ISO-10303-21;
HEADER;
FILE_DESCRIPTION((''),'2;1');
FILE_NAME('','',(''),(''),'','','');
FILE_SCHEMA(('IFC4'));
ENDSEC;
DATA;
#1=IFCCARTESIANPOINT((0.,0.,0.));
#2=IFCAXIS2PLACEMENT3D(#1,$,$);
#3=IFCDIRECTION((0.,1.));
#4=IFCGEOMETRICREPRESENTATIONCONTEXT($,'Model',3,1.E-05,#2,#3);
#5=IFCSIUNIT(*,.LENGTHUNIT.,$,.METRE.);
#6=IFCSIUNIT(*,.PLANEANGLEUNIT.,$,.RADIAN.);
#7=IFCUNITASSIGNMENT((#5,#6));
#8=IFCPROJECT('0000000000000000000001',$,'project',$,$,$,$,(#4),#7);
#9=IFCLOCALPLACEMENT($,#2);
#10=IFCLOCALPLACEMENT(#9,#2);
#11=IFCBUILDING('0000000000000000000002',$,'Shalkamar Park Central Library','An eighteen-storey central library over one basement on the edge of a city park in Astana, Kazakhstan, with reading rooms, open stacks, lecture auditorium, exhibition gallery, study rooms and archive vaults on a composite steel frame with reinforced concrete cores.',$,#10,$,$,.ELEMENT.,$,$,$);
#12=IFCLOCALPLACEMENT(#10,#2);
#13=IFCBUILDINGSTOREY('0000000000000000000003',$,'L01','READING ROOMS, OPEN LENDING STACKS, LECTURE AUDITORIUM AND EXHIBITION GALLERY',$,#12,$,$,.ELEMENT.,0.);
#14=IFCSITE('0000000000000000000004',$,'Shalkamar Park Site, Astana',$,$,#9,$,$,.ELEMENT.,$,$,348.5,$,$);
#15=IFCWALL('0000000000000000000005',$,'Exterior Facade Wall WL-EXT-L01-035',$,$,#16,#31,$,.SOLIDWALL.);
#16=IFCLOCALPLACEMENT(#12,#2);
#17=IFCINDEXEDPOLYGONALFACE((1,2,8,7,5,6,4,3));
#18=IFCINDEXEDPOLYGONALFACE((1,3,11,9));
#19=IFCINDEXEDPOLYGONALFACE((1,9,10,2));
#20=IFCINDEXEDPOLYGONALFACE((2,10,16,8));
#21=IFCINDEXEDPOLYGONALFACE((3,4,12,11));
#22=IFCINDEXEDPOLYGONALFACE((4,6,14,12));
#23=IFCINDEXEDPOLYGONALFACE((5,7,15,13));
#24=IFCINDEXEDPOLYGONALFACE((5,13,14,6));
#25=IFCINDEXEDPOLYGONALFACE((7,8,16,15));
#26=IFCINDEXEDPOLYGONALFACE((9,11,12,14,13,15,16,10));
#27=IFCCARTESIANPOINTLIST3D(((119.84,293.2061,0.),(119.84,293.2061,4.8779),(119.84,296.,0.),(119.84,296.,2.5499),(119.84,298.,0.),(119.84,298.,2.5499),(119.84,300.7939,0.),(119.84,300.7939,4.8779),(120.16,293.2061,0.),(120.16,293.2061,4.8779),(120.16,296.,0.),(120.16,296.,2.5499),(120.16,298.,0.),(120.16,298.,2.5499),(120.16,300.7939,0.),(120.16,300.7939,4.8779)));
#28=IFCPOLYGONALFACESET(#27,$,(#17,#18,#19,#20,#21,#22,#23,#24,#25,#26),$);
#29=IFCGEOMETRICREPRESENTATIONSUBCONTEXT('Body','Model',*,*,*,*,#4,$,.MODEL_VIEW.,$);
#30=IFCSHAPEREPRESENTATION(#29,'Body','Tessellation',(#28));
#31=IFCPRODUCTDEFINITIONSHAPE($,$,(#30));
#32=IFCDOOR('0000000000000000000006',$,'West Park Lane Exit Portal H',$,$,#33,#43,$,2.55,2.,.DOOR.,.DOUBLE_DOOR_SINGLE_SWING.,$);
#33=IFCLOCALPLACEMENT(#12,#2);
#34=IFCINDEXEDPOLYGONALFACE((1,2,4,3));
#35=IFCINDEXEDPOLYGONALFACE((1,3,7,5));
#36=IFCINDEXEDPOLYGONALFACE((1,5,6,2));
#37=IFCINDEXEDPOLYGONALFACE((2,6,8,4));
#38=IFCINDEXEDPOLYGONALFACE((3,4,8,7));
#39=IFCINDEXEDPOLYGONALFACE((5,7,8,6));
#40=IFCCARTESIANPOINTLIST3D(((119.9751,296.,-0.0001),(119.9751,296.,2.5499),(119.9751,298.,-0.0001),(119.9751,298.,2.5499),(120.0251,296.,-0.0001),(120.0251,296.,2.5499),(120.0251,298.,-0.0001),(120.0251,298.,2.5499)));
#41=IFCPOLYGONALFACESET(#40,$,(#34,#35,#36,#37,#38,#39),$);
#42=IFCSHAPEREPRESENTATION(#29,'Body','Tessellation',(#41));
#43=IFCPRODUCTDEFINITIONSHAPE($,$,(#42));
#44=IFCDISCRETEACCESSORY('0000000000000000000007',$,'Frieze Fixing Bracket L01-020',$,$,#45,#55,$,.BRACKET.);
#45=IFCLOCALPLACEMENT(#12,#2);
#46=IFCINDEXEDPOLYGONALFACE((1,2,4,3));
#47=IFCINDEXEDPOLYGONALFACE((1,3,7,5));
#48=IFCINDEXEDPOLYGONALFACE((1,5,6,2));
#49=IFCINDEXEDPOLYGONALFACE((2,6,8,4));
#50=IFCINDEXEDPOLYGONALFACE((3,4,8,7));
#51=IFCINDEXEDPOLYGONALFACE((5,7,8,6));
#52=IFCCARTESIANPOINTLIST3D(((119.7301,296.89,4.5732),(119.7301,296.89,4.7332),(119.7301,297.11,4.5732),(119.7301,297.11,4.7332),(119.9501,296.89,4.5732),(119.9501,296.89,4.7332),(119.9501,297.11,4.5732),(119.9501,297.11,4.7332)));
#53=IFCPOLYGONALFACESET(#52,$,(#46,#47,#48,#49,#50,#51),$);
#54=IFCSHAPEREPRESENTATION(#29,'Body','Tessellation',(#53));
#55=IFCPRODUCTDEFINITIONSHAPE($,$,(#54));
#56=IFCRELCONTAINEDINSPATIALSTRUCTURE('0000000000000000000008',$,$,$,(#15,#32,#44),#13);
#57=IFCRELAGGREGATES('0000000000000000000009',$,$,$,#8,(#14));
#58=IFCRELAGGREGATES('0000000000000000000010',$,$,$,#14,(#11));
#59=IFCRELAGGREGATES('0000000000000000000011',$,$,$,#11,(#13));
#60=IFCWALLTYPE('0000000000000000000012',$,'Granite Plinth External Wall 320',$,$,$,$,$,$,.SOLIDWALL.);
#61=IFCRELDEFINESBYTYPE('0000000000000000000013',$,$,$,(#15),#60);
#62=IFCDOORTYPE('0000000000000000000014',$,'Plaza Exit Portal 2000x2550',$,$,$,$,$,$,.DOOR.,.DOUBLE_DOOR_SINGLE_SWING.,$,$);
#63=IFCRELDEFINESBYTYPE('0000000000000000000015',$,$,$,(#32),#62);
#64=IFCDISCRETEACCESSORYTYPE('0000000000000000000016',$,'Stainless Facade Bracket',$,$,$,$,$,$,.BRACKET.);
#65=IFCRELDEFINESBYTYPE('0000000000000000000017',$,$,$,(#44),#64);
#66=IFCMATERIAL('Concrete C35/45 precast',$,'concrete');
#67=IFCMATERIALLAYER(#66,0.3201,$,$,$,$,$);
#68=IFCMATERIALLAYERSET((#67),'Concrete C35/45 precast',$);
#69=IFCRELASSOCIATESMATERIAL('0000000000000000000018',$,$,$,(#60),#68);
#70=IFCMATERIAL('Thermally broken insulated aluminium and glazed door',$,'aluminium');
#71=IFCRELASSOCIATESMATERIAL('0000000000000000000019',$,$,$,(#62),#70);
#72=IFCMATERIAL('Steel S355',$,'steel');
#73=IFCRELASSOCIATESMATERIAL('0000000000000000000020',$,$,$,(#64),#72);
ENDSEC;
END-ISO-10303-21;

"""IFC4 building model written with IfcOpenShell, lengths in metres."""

from ifc_helpers import new_model, si_unit, direction, frame, frame_2d, origin, origin_2d, place, context, subcontext, project, spatial, rectangle, extrude, material, layer, layer_set, type_object, element, fill, save


model = new_model("IFC4")

# Units and contexts
model_context = context("Model", 3, precision=1e-05, world=origin(), true_north=direction((0.0, 1.0)))
body_context = subcontext(model_context, "Body", "Model", "MODEL_VIEW")
ifc_project = project(units=[si_unit("LENGTHUNIT", "METRE"), si_unit("PLANEANGLEUNIT", "RADIAN")], contexts=[model_context])

# Site, building, storey
site_placement = place(None, origin())
site = spatial("IfcSite", under=ifc_project, at=site_placement, Name="Shalkamar Park Site, Astana", CompositionType="ELEMENT", RefElevation=348.5)
building_placement = place(site_placement, origin())
building = spatial("IfcBuilding", under=site, at=building_placement, Name="Shalkamar Park Central Library", Description="An eighteen-storey central library over one basement on the edge of a city park in Astana, Kazakhstan, with reading rooms, open stacks, lecture auditorium, exhibition gallery, study rooms and archive vaults on a composite steel frame with reinforced concrete cores.", CompositionType="ELEMENT")
storey_placement = place(building_placement, origin())
storey = spatial("IfcBuildingStorey", under=building, at=storey_placement, Name="L01", Description="READING ROOMS, OPEN LENDING STACKS, LECTURE AUDITORIUM AND EXHIBITION GALLERY", CompositionType="ELEMENT", Elevation=0.0)

# Shared definitions
ifc_material_1 = material(Name="Steel S355", Category="steel")

# Wall, opening, door
ifc_material_2 = material(Name="Concrete C35/45 precast", Category="concrete")
ifc_layer_1 = layer(ifc_material_2, 0.3201)
ifc_layer_set_1 = layer_set([ifc_layer_1], Name="Concrete C35/45 precast")
wall_type = type_object("IfcWallType", Name="Granite Plinth External Wall 320", PredefinedType="SOLIDWALL", material=ifc_layer_set_1)
wall_placement = place(storey_placement, frame((120.0, 293.2061, 0.0), z_axis=(0.0, 0.0, 1.0), x_axis=(0.0, 1.0, 0.0)))
wall = element("IfcWall", 1, at=wall_placement, inside=storey, type_object=wall_type, Name="Exterior Facade Wall WL-EXT-L01-035", PredefinedType="SOLIDWALL", context=body_context, shape_type="SweptSolid", body=[
    extrude(rectangle(XDim=7.5879, YDim=0.3201, at=frame_2d((3.7939, 0.0))), origin(), (0.0, 0.0, 1.0), 4.8779),
])
opening_placement = place(wall_placement, frame((2.7939, 0.0, 0.0)))
opening = element("IfcOpeningElement", 2, at=opening_placement, cuts=wall, PredefinedType="OPENING", context=body_context, shape_type="SweptSolid", body=[
    extrude(rectangle(XDim=2.0, YDim=2.55, at=frame_2d((1.0, 1.2749))), frame((0.0, 0.1748, 0.0), z_axis=(0.0, -1.0, 0.0), x_axis=(1.0, 0.0, 0.0)), (0.0, 0.0, 1.0), 0.3499),
])
ifc_material_3 = material(Name="Thermally broken insulated aluminium and glazed door", Category="aluminium")
door_type = type_object("IfcDoorType", Name="Plaza Exit Portal 2000x2550", OperationType="DOUBLE_DOOR_SINGLE_SWING", PredefinedType="DOOR", material=ifc_material_3)
door_placement = place(opening_placement, origin())
door = element("IfcDoor", 3, at=door_placement, inside=storey, type_object=door_type, Name="West Park Lane Exit Portal H", OperationType="DOUBLE_DOOR_SINGLE_SWING", OverallHeight=2.55, OverallWidth=2.0, PredefinedType="DOOR", context=body_context, shape_type="SweptSolid", body=[
    extrude(rectangle(XDim=2.0, YDim=2.55, at=frame_2d((1.0, 1.2749))), frame((0.0, 0.0249, 0.0), z_axis=(0.0, -1.0, 0.0), x_axis=(1.0, 0.0, 0.0)), (0.0, 0.0, 1.0), 0.05),
])
fill(opening, door)

# Discrete accessory
discrete_accessory_type = type_object("IfcDiscreteAccessoryType", Name="Stainless Facade Bracket", PredefinedType="BRACKET", material=ifc_material_1)
discrete_accessory_placement = place(storey_placement, frame((119.8401, 297.0, 4.5732), z_axis=(0.0, 0.0, 1.0), x_axis=(1.0, 0.0, 0.0)))
element("IfcDiscreteAccessory", 4, at=discrete_accessory_placement, inside=storey, type_object=discrete_accessory_type, Name="Frieze Fixing Bracket L01-020", PredefinedType="BRACKET", context=body_context, shape_type="SweptSolid", body=[
    extrude(rectangle(XDim=0.22, YDim=0.22, at=origin_2d()), origin(), (0.0, 0.0, 1.0), 0.1599),
])

save(model, "model.ifc")
